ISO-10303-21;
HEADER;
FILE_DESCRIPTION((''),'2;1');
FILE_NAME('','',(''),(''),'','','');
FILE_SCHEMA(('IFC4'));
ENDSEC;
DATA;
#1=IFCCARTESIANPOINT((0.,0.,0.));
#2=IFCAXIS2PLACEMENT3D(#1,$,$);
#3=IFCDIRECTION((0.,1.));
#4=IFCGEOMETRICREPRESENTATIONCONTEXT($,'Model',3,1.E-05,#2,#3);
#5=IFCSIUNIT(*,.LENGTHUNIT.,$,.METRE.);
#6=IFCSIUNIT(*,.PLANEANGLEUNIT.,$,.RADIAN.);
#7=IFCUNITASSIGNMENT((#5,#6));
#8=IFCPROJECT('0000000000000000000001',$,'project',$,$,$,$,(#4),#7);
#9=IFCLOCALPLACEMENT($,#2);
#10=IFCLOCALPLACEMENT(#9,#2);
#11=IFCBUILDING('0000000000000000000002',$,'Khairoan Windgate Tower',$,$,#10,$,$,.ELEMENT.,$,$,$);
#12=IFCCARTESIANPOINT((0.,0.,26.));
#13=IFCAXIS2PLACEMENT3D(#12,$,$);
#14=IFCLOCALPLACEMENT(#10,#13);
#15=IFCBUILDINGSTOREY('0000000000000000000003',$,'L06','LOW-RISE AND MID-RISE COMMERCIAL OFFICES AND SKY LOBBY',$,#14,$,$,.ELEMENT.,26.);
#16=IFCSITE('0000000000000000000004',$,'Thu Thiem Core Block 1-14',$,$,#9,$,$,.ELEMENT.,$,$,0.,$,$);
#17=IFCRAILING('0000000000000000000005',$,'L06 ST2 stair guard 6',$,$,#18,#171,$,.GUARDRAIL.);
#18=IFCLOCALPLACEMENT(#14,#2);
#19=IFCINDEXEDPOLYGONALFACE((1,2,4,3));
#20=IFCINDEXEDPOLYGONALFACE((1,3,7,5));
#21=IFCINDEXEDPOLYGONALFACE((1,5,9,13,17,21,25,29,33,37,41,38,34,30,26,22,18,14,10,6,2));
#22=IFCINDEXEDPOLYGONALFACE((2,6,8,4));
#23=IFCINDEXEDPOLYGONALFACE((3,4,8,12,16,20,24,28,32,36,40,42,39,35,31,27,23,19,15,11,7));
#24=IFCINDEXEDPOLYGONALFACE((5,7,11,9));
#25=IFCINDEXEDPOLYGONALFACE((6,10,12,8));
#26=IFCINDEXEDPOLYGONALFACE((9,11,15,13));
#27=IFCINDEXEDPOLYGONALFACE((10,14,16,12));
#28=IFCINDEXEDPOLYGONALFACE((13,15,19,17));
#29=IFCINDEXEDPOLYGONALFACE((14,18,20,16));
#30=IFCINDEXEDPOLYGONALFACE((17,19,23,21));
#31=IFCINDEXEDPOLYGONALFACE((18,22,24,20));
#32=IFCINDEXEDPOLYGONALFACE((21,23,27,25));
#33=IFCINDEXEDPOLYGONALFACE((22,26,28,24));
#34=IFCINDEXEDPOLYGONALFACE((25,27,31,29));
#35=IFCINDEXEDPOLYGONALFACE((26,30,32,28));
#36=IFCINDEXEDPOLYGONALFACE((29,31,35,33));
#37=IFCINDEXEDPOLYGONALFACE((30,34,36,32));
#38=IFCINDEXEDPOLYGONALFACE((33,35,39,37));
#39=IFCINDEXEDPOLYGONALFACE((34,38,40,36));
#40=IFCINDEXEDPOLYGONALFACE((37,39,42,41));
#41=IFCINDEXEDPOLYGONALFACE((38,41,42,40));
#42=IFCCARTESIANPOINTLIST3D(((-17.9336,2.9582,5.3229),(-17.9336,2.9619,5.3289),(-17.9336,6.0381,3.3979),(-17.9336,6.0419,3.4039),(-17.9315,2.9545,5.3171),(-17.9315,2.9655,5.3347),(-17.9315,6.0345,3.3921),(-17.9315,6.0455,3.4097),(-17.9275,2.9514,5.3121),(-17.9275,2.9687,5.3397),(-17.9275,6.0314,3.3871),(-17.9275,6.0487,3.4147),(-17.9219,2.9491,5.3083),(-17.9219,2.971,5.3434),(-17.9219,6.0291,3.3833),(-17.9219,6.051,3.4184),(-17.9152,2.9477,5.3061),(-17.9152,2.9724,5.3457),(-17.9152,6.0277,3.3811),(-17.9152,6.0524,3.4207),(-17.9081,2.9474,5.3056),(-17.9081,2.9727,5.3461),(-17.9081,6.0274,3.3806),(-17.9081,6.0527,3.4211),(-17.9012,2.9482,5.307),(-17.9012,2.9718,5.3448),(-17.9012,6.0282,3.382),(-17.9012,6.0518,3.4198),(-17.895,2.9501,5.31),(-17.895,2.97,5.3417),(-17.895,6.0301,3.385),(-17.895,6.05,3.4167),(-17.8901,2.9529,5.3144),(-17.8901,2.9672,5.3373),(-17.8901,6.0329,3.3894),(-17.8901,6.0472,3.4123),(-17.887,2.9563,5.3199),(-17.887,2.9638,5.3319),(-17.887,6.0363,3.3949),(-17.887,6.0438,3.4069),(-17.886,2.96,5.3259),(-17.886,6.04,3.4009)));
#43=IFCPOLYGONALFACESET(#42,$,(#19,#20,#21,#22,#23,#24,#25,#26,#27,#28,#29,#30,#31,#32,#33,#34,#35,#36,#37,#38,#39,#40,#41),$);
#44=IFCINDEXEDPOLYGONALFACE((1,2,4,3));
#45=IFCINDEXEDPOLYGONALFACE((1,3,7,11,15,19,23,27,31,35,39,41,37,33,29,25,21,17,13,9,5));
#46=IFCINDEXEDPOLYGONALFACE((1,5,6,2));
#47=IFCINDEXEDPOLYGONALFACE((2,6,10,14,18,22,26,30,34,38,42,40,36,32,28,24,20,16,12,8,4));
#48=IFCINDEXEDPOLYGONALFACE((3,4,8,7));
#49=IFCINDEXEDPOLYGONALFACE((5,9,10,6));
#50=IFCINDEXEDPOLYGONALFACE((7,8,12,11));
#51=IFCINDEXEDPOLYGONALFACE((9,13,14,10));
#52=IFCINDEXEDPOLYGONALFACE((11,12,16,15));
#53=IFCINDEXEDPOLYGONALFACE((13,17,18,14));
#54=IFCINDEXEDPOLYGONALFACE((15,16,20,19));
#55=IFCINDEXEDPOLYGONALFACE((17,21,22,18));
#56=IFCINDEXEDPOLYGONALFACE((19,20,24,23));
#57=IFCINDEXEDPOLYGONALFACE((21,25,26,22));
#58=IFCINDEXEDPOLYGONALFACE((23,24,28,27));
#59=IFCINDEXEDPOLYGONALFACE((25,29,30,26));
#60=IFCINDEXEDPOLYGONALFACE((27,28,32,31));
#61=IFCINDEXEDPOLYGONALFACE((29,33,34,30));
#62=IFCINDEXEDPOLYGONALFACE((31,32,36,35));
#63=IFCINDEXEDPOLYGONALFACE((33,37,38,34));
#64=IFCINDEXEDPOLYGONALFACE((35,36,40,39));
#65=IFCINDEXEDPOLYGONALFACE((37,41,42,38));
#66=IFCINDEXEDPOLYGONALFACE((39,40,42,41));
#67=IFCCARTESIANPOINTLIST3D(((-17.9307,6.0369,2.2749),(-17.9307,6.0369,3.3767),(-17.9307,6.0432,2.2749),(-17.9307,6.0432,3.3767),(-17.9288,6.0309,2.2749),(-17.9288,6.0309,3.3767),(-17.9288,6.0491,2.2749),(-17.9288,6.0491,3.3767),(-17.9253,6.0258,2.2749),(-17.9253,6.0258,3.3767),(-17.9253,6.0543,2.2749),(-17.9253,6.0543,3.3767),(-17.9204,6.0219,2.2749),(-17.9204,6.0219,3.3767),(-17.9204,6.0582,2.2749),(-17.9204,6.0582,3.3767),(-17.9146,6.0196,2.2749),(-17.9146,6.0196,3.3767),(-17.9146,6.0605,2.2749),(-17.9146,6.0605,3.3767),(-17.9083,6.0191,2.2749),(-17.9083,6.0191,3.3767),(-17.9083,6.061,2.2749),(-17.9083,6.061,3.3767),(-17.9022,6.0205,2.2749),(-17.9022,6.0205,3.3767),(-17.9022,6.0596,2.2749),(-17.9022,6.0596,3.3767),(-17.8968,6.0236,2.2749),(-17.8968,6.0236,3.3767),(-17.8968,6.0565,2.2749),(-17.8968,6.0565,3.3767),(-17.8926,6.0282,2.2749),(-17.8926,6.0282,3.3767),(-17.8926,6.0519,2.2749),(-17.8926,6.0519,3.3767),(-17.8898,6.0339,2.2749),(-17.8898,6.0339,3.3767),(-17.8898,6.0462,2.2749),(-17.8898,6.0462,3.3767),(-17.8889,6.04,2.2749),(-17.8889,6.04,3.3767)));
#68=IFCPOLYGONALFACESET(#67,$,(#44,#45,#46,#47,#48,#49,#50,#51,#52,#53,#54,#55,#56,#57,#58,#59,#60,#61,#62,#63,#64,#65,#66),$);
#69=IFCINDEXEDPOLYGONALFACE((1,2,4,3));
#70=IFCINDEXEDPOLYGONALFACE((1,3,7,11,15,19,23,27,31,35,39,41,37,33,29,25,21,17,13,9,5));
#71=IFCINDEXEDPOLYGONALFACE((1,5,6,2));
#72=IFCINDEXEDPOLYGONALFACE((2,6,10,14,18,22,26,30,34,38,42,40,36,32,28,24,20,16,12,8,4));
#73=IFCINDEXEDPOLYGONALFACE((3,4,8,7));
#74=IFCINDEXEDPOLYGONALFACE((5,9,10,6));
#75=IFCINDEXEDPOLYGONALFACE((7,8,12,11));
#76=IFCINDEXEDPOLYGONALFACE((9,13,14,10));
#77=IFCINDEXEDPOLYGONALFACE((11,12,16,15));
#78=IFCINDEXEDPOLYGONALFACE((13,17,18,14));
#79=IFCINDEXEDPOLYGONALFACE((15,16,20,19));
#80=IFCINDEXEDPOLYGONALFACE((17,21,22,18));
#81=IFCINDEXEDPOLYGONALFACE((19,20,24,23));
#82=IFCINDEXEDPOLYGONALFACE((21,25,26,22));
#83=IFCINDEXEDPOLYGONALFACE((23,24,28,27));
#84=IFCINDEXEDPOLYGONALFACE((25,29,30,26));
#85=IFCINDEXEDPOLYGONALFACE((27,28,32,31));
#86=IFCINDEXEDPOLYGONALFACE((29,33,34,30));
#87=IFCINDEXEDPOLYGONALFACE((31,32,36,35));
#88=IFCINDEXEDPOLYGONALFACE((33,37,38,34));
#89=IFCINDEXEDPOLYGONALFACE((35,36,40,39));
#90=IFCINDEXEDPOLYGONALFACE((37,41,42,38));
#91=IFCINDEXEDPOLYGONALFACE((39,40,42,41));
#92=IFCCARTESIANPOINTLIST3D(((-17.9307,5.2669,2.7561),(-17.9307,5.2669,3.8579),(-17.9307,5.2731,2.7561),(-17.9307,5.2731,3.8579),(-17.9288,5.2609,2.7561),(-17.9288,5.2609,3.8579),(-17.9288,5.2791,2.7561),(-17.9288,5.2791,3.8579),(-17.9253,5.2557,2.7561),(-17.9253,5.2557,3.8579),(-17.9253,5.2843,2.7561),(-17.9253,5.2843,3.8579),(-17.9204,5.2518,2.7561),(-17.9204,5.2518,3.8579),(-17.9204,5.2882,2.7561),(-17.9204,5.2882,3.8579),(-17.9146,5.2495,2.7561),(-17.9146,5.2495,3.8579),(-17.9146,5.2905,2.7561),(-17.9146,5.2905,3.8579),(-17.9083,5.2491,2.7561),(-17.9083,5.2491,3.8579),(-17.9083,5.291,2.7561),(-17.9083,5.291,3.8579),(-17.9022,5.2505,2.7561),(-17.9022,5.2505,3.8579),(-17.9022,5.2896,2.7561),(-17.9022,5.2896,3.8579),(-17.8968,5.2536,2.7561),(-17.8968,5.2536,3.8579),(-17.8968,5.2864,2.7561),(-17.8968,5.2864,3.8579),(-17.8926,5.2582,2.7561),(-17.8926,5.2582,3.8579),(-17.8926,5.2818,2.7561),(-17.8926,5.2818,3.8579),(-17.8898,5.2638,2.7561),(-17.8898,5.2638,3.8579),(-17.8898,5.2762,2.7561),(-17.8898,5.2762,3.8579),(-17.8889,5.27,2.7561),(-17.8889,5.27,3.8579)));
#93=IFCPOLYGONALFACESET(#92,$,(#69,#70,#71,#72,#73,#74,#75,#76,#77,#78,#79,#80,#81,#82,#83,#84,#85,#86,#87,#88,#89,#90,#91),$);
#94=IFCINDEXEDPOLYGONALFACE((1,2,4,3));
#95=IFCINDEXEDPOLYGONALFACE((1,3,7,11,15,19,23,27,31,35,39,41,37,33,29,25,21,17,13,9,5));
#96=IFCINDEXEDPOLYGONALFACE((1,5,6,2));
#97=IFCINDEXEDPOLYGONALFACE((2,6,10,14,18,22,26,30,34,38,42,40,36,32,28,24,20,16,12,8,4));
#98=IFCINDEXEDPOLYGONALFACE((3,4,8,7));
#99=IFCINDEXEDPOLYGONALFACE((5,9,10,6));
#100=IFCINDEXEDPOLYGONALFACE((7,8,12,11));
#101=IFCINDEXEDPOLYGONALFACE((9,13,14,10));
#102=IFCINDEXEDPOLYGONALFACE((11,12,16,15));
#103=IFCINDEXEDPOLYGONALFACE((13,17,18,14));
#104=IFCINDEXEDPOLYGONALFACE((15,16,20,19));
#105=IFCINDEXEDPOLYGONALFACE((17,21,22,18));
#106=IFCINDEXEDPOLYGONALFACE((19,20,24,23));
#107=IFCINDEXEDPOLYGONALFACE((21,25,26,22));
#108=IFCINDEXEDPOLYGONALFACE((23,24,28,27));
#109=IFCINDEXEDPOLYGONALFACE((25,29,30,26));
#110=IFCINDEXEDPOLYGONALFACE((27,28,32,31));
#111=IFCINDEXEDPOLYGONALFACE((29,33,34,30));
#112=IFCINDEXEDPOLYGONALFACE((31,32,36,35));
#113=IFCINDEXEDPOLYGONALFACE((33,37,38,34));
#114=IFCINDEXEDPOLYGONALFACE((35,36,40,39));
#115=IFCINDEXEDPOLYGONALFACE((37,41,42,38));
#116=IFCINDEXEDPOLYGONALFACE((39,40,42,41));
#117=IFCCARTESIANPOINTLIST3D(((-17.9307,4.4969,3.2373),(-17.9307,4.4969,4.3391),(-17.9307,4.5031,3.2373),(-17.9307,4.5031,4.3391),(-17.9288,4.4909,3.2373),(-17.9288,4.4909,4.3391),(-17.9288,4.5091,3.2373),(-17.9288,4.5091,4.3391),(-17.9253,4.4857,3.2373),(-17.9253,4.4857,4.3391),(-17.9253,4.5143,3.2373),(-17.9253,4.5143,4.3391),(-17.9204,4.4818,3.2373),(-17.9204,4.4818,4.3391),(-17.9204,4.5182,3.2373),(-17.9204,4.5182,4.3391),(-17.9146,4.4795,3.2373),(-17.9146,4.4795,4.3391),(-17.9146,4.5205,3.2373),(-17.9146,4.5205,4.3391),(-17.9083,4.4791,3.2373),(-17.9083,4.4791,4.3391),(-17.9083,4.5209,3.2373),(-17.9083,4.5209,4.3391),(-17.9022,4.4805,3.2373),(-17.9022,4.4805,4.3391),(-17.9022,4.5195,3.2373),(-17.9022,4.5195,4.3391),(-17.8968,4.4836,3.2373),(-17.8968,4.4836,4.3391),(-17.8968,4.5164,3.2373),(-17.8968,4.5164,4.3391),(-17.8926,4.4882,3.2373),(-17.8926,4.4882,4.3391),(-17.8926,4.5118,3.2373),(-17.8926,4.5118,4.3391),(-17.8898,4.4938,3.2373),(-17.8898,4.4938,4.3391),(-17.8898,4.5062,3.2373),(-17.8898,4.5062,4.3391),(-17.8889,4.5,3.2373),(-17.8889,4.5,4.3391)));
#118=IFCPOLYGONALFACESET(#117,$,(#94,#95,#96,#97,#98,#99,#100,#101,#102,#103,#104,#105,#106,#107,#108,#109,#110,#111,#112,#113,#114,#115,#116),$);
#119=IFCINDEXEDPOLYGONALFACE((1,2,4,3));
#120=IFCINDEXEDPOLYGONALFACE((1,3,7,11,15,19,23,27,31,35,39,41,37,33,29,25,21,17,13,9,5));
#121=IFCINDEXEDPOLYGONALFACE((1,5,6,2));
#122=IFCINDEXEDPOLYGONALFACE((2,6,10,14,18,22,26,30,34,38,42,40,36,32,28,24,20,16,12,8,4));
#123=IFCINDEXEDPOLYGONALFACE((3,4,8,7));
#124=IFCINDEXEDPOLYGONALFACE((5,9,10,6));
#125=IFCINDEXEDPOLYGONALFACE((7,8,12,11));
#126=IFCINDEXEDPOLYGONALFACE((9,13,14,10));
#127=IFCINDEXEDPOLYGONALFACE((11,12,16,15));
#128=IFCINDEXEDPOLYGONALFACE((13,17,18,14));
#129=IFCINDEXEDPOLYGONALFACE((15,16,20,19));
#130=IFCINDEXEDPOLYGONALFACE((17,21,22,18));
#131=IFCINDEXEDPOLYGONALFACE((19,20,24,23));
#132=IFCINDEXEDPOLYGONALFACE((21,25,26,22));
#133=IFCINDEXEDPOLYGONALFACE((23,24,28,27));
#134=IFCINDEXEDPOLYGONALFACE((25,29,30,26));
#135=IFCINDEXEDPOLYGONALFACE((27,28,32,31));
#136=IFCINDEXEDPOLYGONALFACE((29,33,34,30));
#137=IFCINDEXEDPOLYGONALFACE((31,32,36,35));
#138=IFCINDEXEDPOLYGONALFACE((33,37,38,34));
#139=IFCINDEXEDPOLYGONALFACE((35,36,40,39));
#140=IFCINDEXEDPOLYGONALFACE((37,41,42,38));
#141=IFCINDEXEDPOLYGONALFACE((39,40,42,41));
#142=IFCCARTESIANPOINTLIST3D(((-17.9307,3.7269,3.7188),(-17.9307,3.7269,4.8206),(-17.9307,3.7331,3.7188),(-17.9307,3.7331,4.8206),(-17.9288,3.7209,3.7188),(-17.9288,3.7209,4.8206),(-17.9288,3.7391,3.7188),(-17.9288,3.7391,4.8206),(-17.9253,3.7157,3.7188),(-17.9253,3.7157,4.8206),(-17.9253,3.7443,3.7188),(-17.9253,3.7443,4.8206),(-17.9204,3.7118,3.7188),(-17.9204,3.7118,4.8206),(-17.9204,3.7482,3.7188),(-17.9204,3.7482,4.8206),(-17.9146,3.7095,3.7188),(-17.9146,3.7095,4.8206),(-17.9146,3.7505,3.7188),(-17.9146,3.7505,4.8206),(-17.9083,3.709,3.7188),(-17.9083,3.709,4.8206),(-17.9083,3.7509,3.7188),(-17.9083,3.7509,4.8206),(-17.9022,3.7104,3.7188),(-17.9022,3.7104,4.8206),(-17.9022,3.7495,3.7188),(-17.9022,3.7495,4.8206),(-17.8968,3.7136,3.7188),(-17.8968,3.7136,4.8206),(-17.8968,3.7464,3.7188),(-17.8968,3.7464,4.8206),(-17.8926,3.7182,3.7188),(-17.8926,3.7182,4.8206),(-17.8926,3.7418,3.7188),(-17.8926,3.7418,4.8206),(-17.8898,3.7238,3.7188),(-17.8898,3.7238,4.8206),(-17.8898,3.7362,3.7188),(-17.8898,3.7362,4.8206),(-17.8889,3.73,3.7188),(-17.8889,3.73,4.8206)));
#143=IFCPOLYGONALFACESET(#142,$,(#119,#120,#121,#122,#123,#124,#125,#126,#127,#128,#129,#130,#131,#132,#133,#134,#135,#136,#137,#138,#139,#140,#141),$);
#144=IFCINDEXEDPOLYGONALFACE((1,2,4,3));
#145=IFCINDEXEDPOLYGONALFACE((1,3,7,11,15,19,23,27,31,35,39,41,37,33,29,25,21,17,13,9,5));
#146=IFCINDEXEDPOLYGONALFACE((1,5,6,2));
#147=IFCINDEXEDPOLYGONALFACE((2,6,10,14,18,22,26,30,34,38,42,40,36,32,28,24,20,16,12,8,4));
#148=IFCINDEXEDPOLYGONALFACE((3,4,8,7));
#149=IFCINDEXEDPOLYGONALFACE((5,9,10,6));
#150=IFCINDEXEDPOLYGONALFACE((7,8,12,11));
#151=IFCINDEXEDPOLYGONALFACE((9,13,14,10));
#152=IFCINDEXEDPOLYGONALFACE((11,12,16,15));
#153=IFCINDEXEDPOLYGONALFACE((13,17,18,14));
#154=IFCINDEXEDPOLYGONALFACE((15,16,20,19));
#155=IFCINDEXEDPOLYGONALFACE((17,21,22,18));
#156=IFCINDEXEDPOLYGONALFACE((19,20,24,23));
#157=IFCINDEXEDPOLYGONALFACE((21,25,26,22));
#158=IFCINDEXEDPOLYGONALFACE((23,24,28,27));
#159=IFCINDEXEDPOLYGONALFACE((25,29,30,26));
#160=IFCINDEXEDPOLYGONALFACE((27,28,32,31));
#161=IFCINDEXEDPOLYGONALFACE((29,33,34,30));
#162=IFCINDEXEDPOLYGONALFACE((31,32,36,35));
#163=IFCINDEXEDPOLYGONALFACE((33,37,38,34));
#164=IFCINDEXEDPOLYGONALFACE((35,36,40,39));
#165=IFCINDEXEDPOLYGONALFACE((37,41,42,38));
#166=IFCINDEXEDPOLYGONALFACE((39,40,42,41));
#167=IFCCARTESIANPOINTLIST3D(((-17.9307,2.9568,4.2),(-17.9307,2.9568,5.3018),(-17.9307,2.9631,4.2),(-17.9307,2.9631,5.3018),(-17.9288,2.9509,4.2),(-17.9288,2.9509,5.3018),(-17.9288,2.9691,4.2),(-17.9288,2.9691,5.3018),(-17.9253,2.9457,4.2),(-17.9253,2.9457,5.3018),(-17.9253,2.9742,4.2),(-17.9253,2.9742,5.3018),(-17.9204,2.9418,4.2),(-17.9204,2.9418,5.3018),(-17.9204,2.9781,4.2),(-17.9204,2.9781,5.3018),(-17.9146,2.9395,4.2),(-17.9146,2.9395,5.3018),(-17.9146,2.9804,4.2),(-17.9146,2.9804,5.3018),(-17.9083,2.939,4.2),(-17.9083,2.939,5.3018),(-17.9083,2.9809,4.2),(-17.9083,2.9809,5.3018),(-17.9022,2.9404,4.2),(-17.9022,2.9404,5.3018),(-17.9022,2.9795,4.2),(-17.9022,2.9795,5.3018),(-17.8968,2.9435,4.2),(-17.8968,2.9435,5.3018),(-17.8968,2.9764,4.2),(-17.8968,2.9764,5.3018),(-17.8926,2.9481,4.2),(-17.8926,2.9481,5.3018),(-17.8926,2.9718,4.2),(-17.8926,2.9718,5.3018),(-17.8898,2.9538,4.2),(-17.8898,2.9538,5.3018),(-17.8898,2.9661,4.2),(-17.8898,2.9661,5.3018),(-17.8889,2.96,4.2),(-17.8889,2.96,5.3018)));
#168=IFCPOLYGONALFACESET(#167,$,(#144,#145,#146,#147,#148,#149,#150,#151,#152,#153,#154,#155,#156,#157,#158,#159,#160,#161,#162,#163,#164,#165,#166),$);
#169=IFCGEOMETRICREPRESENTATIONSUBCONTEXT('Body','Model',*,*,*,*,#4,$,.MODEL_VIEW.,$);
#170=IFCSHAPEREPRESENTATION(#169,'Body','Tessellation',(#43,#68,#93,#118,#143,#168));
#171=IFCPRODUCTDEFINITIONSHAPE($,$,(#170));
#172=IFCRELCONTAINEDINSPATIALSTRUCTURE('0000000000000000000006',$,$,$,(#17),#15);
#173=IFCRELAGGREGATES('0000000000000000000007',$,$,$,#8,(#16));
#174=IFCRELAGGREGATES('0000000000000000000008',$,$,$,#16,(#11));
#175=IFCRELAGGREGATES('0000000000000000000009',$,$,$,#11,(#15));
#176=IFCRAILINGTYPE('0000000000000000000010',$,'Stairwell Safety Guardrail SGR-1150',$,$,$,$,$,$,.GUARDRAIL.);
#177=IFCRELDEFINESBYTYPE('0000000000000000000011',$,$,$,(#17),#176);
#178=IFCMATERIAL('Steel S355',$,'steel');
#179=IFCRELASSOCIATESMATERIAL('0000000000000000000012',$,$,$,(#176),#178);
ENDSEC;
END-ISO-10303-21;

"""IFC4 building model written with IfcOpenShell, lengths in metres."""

from ifc_helpers import new_model, si_unit, direction, frame, origin, origin_2d, place, context, subcontext, project, spatial, circle, extrude, material, type_object, element, save


model = new_model("IFC4")

# Units and contexts
model_context = context("Model", 3, precision=1e-05, world=origin(), true_north=direction((0.0, 1.0)))
body_context = subcontext(model_context, "Body", "Model", "MODEL_VIEW")
ifc_project = project(units=[si_unit("LENGTHUNIT", "METRE"), si_unit("PLANEANGLEUNIT", "RADIAN")], contexts=[model_context])

# Site, building, storey
site_placement = place(None, origin())
site = spatial("IfcSite", under=ifc_project, at=site_placement, Name="Thu Thiem Core Block 1-14", CompositionType="ELEMENT", RefElevation=0.0)
building_placement = place(site_placement, origin())
building = spatial("IfcBuilding", under=site, at=building_placement, Name="Khairoan Windgate Tower", CompositionType="ELEMENT")
storey_placement = place(building_placement, frame((0.0, 0.0, 26.0)))
storey = spatial("IfcBuildingStorey", under=building, at=storey_placement, Name="L06", Description="LOW-RISE AND MID-RISE COMMERCIAL OFFICES AND SKY LOBBY", CompositionType="ELEMENT", Elevation=26.0)

# Railing
ifc_material_1 = material(Name="Steel S355", Category="steel")
railing_type_1 = type_object("IfcRailingType", Name="Stairwell Safety Guardrail SGR-1150", PredefinedType="GUARDRAIL", material=ifc_material_1)
railing_1_placement = place(storey_placement, frame((-17.9099, 6.04, 2.2749)))
element("IfcRailing", 1, at=railing_1_placement, inside=storey, type_object=railing_type_1, Name="L06 ST2 stair guard 6", PredefinedType="GUARDRAIL", context=body_context, shape_type="SweptSolid", body=[
    extrude(circle(Radius=0.0239, at=origin_2d()), frame((0.0, 0.0, 1.126), z_axis=(0.0, -0.847998, 0.529999), x_axis=(1.0, 0.0, 0.0)), (0.0, 0.0, 1.0), 3.6321),
    extrude(circle(Radius=0.021, at=origin_2d()), origin(), (0.0, 0.0, 1.0), 1.1018),
    extrude(circle(Radius=0.021, at=origin_2d()), frame((0.0, -0.77, 0.4812)), (0.0, 0.0, 1.0), 1.1018),
    extrude(circle(Radius=0.021, at=origin_2d()), frame((0.0, -1.54, 0.9624)), (0.0, 0.0, 1.0), 1.1018),
    extrude(circle(Radius=0.021, at=origin_2d()), frame((0.0, -2.3101, 1.4438)), (0.0, 0.0, 1.0), 1.1018),
    extrude(circle(Radius=0.021, at=origin_2d()), frame((0.0, -3.0801, 1.925)), (0.0, 0.0, 1.0), 1.1018),
])

save(model, "model.ifc")
